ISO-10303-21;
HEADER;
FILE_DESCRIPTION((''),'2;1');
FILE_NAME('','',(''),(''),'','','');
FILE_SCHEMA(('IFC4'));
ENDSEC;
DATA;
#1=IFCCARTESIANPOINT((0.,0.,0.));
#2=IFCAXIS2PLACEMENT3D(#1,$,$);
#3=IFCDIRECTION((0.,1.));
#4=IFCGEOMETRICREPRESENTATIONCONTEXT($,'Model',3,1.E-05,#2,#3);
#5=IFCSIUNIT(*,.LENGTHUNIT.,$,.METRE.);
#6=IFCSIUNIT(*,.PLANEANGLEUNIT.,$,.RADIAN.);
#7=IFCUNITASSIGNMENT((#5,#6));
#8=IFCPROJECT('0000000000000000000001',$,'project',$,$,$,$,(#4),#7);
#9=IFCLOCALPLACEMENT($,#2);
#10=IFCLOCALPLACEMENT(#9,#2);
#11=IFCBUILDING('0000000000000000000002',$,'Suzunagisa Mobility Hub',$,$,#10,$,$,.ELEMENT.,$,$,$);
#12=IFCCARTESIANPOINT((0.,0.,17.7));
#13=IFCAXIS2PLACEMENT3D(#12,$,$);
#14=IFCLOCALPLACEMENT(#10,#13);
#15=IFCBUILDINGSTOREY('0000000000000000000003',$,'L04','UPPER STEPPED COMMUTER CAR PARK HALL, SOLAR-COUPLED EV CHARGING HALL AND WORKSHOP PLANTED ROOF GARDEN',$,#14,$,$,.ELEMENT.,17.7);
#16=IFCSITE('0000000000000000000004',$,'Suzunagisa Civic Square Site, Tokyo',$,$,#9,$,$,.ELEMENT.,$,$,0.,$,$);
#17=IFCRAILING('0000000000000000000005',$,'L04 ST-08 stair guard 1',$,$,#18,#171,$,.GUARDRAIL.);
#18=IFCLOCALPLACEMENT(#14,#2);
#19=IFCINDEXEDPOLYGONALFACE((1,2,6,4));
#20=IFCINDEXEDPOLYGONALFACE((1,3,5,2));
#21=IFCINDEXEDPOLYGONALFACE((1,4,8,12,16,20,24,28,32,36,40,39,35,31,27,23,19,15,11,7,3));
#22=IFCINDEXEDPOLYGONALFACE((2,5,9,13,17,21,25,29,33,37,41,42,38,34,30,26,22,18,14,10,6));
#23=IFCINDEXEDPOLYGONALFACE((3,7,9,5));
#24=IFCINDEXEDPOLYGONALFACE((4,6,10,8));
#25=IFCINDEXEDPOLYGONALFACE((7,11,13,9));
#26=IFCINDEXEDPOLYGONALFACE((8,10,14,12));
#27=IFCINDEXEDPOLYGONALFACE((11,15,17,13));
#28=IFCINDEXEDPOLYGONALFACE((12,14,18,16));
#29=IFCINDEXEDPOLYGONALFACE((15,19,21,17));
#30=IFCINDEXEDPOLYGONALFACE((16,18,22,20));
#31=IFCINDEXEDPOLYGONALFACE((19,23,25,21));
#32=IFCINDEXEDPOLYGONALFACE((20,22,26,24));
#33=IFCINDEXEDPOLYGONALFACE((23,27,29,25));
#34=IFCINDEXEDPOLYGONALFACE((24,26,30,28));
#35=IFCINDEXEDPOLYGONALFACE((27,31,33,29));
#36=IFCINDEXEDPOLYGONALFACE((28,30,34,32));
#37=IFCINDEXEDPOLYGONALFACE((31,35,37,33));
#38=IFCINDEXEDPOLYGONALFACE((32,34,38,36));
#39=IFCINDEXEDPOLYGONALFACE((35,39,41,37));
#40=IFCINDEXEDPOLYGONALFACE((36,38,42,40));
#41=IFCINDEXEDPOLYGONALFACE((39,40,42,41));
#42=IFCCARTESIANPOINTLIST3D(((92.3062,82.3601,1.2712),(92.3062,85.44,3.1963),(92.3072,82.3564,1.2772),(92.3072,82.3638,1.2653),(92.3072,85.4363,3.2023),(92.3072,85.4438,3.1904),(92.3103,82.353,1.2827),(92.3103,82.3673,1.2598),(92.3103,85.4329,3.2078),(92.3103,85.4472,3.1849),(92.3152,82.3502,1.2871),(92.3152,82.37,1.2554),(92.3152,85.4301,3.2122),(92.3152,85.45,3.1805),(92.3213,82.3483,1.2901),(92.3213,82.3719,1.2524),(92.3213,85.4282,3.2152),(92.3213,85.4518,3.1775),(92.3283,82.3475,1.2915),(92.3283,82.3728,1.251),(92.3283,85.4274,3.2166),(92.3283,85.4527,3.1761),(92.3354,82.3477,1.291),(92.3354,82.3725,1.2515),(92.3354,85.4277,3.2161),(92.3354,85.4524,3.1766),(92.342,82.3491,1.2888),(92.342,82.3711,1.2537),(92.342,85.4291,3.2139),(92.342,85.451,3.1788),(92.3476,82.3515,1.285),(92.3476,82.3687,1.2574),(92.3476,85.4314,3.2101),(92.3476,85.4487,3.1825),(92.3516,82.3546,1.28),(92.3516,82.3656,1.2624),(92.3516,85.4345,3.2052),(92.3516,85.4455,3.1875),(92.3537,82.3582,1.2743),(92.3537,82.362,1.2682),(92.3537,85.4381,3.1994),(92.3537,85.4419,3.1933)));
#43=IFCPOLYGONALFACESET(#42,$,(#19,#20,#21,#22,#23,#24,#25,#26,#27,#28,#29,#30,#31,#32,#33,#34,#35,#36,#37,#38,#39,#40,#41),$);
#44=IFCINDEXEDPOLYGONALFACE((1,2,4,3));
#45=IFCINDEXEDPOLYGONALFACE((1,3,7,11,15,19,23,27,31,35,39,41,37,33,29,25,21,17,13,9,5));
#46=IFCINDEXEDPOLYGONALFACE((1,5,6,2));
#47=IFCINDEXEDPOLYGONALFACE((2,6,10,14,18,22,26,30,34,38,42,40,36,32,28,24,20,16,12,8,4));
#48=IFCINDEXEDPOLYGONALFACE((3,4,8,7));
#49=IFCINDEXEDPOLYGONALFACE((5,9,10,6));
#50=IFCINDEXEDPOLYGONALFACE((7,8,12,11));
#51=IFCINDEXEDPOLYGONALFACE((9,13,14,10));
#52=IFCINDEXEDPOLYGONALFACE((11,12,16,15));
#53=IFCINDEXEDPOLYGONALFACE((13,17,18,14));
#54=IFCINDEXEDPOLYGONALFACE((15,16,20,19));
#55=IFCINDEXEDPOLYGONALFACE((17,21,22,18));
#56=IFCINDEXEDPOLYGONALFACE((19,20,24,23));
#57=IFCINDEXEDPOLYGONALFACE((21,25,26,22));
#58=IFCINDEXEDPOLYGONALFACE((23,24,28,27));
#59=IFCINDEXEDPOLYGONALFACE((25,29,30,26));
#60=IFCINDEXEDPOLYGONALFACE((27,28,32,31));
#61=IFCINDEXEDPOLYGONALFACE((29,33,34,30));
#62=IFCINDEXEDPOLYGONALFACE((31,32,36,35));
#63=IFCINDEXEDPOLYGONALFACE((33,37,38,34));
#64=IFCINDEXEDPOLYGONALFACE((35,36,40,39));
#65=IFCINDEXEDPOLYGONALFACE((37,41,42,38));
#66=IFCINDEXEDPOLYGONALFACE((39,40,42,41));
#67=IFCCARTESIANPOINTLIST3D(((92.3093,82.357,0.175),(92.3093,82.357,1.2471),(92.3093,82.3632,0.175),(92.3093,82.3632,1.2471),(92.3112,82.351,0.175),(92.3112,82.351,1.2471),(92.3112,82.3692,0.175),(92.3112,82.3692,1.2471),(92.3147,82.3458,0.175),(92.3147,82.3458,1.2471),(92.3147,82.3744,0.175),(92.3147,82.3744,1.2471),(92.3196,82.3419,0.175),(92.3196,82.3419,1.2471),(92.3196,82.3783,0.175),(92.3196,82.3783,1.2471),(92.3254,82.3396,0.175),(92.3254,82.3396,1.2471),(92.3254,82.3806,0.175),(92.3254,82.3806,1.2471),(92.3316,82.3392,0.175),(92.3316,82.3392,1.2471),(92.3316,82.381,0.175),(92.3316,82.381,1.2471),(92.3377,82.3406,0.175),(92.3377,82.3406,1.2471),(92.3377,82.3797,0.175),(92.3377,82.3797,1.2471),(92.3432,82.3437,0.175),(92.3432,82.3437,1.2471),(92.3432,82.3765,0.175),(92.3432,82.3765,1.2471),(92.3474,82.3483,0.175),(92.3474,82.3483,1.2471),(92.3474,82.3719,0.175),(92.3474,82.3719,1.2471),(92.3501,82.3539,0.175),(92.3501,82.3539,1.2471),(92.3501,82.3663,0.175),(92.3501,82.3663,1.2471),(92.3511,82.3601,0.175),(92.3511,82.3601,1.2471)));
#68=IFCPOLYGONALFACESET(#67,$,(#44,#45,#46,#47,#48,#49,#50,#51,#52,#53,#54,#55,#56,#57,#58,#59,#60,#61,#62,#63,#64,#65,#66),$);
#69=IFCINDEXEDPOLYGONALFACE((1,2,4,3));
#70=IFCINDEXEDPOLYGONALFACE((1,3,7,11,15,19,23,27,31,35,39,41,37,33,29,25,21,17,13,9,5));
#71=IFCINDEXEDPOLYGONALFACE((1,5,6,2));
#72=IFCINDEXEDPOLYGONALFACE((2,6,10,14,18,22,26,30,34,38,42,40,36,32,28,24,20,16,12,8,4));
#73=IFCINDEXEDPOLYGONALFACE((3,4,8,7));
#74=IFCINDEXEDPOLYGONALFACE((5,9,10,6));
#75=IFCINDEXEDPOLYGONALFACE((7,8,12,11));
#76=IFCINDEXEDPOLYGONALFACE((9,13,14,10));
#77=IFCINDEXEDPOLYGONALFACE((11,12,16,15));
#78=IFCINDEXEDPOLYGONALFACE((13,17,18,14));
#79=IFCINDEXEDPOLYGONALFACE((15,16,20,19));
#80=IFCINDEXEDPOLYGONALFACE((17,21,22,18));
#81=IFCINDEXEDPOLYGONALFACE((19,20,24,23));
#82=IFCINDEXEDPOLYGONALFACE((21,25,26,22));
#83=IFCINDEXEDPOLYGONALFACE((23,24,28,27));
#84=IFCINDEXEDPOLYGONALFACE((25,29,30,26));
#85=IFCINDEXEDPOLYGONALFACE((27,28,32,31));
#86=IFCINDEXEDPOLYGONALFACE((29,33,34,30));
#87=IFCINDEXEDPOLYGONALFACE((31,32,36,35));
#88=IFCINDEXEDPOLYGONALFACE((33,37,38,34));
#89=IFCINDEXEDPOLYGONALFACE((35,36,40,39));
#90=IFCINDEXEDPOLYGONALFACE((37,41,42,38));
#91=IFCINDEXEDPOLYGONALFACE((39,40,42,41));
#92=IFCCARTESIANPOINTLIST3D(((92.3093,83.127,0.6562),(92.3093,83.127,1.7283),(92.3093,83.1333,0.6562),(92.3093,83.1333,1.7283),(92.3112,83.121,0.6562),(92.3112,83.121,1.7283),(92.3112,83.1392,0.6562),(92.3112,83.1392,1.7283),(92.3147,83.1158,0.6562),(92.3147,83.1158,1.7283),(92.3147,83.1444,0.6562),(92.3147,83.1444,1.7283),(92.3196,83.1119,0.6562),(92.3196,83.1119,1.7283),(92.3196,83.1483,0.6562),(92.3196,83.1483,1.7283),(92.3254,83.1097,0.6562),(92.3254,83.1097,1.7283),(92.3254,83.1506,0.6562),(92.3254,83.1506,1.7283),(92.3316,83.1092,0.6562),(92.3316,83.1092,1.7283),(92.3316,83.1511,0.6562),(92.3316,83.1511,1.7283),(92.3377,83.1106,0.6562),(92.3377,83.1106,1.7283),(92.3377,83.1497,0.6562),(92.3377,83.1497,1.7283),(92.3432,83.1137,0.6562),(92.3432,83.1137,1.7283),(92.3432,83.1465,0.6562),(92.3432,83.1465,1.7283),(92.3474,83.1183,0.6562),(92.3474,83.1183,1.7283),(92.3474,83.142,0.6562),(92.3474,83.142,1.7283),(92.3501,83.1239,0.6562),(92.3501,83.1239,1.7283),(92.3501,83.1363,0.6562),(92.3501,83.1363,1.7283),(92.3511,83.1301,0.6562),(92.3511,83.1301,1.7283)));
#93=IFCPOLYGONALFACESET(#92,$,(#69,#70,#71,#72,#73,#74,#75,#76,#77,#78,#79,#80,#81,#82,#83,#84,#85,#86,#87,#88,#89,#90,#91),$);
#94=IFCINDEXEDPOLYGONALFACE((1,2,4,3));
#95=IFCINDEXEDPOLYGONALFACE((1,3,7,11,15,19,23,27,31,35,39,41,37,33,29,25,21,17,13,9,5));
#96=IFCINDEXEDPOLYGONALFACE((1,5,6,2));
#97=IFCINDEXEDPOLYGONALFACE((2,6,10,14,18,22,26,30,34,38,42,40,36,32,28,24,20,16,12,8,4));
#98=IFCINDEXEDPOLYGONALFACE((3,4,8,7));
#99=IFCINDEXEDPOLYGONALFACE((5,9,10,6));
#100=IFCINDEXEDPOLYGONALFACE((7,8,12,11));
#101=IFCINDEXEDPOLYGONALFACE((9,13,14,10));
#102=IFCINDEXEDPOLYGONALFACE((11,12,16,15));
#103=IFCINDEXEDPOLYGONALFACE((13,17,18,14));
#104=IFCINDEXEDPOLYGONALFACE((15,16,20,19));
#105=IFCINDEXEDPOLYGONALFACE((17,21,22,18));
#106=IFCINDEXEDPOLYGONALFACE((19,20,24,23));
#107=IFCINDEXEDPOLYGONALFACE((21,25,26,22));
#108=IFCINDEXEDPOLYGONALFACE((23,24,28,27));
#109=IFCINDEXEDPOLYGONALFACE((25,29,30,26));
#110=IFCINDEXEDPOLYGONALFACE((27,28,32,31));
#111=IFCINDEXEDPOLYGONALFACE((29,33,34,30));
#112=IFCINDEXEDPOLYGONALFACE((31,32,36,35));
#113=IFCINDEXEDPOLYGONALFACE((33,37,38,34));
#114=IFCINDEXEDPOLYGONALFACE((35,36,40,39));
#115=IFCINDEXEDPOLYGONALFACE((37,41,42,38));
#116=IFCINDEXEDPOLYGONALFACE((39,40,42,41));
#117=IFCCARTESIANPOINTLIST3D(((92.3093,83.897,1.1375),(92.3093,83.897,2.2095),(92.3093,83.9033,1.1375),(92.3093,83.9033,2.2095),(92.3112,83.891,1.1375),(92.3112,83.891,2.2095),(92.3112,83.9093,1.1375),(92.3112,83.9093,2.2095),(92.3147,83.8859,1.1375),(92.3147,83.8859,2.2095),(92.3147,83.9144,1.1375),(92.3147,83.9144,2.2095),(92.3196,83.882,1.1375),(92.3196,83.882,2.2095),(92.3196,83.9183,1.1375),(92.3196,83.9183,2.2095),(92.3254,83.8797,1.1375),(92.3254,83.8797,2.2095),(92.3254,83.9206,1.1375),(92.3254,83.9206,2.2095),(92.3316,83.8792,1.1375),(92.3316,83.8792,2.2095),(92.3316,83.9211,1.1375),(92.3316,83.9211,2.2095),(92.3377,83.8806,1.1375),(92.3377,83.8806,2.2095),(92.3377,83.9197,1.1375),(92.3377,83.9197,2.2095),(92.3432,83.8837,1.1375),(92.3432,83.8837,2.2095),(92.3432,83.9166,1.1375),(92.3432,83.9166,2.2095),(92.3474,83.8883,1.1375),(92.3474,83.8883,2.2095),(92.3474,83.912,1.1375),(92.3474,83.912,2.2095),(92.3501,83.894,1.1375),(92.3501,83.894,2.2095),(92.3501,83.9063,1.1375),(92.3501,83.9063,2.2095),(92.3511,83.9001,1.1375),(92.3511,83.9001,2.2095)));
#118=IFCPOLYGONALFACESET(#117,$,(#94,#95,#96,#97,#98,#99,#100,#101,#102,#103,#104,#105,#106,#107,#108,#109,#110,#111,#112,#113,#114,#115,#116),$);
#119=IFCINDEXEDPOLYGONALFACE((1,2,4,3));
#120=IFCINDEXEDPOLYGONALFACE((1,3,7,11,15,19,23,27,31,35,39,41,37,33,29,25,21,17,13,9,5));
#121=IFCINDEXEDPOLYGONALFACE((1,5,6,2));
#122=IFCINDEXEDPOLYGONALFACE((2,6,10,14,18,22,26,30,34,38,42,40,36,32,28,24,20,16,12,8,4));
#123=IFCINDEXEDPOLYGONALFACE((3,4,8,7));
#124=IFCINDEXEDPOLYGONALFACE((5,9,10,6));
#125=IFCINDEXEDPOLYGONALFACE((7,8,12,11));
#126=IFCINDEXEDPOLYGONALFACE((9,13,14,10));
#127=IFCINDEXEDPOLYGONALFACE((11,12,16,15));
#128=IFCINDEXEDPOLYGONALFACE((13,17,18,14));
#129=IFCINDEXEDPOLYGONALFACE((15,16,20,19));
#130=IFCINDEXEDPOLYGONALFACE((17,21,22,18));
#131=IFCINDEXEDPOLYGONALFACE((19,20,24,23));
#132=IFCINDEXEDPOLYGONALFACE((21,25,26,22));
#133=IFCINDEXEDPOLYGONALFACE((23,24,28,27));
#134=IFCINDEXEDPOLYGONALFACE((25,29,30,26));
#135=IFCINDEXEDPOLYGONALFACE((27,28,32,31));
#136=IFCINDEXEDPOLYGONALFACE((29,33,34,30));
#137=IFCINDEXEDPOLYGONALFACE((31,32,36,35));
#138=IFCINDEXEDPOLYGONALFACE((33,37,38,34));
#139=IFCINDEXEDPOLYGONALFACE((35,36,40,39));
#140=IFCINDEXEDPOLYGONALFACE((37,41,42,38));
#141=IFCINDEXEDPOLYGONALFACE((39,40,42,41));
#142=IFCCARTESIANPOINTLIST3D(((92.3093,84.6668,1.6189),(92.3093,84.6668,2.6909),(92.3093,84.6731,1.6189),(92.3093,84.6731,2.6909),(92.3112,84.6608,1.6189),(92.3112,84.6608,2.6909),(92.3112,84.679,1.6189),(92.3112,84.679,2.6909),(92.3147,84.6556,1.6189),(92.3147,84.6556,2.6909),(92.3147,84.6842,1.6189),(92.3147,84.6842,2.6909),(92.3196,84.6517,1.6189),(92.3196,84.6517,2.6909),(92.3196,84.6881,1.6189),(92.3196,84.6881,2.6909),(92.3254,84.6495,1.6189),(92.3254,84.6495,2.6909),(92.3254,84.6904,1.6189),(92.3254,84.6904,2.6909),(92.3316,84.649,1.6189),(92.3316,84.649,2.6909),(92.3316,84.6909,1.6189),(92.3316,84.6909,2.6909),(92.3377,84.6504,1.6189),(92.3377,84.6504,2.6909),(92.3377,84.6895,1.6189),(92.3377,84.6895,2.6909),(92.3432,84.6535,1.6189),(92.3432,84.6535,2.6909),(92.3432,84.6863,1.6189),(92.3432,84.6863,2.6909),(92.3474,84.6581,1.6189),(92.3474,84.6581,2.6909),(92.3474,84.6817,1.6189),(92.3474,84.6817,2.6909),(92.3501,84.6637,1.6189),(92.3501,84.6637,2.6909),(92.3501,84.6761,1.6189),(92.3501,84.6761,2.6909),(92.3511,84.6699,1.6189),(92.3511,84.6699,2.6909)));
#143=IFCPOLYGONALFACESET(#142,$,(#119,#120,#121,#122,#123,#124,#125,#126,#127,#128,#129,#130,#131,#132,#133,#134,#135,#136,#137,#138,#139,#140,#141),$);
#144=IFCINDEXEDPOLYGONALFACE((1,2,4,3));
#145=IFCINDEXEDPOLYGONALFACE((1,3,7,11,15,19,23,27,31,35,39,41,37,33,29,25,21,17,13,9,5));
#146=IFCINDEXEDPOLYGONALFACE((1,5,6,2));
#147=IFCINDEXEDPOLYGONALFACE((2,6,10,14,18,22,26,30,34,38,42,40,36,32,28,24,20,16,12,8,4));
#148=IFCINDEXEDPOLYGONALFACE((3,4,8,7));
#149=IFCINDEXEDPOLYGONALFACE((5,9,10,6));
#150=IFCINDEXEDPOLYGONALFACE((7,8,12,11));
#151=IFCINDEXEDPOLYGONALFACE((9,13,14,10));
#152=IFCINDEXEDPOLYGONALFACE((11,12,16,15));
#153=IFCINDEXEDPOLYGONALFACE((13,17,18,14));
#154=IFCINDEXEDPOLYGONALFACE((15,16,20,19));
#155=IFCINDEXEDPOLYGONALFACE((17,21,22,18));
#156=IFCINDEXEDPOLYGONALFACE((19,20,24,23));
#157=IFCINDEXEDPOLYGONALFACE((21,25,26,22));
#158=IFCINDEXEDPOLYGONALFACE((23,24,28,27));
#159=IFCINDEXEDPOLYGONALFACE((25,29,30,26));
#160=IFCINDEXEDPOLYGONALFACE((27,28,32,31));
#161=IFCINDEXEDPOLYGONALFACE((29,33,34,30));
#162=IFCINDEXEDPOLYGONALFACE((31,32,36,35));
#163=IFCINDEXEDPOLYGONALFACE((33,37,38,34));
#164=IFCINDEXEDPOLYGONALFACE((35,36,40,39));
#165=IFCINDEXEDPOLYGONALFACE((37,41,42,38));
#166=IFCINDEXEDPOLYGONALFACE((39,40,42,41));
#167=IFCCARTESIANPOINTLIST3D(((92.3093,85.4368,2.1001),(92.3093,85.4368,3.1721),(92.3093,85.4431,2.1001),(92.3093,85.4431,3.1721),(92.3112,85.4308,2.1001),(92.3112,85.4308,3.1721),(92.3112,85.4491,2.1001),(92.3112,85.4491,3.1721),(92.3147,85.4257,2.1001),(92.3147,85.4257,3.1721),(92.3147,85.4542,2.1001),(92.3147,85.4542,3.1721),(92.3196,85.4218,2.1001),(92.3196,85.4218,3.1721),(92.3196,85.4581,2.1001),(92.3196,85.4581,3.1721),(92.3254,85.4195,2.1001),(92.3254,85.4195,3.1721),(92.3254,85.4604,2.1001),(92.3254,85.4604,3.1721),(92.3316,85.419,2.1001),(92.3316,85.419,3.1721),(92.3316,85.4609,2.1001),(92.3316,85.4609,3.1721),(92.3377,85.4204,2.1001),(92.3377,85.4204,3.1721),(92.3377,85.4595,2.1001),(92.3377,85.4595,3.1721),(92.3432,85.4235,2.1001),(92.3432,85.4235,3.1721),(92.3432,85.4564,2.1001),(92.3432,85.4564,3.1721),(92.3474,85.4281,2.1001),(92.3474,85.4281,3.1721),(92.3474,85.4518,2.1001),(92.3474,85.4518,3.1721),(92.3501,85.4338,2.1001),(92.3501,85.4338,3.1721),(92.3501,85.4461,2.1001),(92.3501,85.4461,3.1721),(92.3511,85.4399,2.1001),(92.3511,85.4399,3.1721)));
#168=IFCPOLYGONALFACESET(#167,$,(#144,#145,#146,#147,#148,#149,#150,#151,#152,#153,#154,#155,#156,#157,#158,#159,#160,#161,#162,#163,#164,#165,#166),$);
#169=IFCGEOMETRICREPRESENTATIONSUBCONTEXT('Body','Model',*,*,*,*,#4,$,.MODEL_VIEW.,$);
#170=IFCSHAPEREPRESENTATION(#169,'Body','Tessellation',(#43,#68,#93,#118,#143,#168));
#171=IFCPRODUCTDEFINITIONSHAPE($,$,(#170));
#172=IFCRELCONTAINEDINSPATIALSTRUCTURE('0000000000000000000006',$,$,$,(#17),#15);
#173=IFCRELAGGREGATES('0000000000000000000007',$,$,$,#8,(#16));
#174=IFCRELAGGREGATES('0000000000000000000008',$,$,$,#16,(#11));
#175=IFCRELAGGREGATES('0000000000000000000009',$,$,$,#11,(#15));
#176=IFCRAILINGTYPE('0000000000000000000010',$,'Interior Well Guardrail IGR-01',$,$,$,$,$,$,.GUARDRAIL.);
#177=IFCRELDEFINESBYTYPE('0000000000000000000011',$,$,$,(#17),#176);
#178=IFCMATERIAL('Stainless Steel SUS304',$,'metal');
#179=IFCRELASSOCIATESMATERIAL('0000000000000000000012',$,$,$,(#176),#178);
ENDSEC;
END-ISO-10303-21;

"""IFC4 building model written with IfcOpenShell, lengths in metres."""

from ifc_helpers import new_model, si_unit, direction, frame, origin, origin_2d, place, context, subcontext, project, spatial, circle, extrude, material, type_object, element, save


model = new_model("IFC4")

# Units and contexts
model_context = context("Model", 3, precision=1e-05, world=origin(), true_north=direction((0.0, 1.0)))
body_context = subcontext(model_context, "Body", "Model", "MODEL_VIEW")
ifc_project = project(units=[si_unit("LENGTHUNIT", "METRE"), si_unit("PLANEANGLEUNIT", "RADIAN")], contexts=[model_context])

# Site, building, storey
site_placement = place(None, origin())
site = spatial("IfcSite", under=ifc_project, at=site_placement, Name="Suzunagisa Civic Square Site, Tokyo", CompositionType="ELEMENT", RefElevation=0.0)
building_placement = place(site_placement, origin())
building = spatial("IfcBuilding", under=site, at=building_placement, Name="Suzunagisa Mobility Hub", CompositionType="ELEMENT")
storey_placement = place(building_placement, frame((0.0, 0.0, 17.7)))
storey = spatial("IfcBuildingStorey", under=building, at=storey_placement, Name="L04", Description="UPPER STEPPED COMMUTER CAR PARK HALL, SOLAR-COUPLED EV CHARGING HALL AND WORKSHOP PLANTED ROOF GARDEN", CompositionType="ELEMENT", Elevation=17.7)

# Railing
ifc_material_1 = material(Name="Stainless Steel SUS304", Category="metal")
railing_type_1 = type_object("IfcRailingType", Name="Interior Well Guardrail IGR-01", PredefinedType="GUARDRAIL", material=ifc_material_1)
railing_1_placement = place(storey_placement, frame((92.3301, 82.3601, 0.175)))
element("IfcRailing", 1, at=railing_1_placement, inside=storey, type_object=railing_type_1, Name="L04 ST-08 stair guard 1", PredefinedType="GUARDRAIL", context=body_context, shape_type="SweptSolid", body=[
    extrude(circle(Radius=0.0239, at=origin_2d()), frame((0.0, 0.0, 1.0962), z_axis=(0.0, 0.847979, 0.530029), x_axis=(-1.0, 0.0, 0.0)), (0.0, 0.0, 1.0), 3.6321),
    extrude(circle(Radius=0.021, at=origin_2d()), origin(), (0.0, 0.0, 1.0), 1.072),
    extrude(circle(Radius=0.021, at=origin_2d()), frame((0.0, 0.77, 0.4812)), (0.0, 0.0, 1.0), 1.072),
    extrude(circle(Radius=0.021, at=origin_2d()), frame((0.0, 1.54, 0.9624)), (0.0, 0.0, 1.0), 1.072),
    extrude(circle(Radius=0.021, at=origin_2d()), frame((0.0, 2.3098, 1.4438)), (0.0, 0.0, 1.0), 1.072),
    extrude(circle(Radius=0.021, at=origin_2d()), frame((0.0, 3.0798, 1.925)), (0.0, 0.0, 1.0), 1.072),
])

save(model, "model.ifc")
